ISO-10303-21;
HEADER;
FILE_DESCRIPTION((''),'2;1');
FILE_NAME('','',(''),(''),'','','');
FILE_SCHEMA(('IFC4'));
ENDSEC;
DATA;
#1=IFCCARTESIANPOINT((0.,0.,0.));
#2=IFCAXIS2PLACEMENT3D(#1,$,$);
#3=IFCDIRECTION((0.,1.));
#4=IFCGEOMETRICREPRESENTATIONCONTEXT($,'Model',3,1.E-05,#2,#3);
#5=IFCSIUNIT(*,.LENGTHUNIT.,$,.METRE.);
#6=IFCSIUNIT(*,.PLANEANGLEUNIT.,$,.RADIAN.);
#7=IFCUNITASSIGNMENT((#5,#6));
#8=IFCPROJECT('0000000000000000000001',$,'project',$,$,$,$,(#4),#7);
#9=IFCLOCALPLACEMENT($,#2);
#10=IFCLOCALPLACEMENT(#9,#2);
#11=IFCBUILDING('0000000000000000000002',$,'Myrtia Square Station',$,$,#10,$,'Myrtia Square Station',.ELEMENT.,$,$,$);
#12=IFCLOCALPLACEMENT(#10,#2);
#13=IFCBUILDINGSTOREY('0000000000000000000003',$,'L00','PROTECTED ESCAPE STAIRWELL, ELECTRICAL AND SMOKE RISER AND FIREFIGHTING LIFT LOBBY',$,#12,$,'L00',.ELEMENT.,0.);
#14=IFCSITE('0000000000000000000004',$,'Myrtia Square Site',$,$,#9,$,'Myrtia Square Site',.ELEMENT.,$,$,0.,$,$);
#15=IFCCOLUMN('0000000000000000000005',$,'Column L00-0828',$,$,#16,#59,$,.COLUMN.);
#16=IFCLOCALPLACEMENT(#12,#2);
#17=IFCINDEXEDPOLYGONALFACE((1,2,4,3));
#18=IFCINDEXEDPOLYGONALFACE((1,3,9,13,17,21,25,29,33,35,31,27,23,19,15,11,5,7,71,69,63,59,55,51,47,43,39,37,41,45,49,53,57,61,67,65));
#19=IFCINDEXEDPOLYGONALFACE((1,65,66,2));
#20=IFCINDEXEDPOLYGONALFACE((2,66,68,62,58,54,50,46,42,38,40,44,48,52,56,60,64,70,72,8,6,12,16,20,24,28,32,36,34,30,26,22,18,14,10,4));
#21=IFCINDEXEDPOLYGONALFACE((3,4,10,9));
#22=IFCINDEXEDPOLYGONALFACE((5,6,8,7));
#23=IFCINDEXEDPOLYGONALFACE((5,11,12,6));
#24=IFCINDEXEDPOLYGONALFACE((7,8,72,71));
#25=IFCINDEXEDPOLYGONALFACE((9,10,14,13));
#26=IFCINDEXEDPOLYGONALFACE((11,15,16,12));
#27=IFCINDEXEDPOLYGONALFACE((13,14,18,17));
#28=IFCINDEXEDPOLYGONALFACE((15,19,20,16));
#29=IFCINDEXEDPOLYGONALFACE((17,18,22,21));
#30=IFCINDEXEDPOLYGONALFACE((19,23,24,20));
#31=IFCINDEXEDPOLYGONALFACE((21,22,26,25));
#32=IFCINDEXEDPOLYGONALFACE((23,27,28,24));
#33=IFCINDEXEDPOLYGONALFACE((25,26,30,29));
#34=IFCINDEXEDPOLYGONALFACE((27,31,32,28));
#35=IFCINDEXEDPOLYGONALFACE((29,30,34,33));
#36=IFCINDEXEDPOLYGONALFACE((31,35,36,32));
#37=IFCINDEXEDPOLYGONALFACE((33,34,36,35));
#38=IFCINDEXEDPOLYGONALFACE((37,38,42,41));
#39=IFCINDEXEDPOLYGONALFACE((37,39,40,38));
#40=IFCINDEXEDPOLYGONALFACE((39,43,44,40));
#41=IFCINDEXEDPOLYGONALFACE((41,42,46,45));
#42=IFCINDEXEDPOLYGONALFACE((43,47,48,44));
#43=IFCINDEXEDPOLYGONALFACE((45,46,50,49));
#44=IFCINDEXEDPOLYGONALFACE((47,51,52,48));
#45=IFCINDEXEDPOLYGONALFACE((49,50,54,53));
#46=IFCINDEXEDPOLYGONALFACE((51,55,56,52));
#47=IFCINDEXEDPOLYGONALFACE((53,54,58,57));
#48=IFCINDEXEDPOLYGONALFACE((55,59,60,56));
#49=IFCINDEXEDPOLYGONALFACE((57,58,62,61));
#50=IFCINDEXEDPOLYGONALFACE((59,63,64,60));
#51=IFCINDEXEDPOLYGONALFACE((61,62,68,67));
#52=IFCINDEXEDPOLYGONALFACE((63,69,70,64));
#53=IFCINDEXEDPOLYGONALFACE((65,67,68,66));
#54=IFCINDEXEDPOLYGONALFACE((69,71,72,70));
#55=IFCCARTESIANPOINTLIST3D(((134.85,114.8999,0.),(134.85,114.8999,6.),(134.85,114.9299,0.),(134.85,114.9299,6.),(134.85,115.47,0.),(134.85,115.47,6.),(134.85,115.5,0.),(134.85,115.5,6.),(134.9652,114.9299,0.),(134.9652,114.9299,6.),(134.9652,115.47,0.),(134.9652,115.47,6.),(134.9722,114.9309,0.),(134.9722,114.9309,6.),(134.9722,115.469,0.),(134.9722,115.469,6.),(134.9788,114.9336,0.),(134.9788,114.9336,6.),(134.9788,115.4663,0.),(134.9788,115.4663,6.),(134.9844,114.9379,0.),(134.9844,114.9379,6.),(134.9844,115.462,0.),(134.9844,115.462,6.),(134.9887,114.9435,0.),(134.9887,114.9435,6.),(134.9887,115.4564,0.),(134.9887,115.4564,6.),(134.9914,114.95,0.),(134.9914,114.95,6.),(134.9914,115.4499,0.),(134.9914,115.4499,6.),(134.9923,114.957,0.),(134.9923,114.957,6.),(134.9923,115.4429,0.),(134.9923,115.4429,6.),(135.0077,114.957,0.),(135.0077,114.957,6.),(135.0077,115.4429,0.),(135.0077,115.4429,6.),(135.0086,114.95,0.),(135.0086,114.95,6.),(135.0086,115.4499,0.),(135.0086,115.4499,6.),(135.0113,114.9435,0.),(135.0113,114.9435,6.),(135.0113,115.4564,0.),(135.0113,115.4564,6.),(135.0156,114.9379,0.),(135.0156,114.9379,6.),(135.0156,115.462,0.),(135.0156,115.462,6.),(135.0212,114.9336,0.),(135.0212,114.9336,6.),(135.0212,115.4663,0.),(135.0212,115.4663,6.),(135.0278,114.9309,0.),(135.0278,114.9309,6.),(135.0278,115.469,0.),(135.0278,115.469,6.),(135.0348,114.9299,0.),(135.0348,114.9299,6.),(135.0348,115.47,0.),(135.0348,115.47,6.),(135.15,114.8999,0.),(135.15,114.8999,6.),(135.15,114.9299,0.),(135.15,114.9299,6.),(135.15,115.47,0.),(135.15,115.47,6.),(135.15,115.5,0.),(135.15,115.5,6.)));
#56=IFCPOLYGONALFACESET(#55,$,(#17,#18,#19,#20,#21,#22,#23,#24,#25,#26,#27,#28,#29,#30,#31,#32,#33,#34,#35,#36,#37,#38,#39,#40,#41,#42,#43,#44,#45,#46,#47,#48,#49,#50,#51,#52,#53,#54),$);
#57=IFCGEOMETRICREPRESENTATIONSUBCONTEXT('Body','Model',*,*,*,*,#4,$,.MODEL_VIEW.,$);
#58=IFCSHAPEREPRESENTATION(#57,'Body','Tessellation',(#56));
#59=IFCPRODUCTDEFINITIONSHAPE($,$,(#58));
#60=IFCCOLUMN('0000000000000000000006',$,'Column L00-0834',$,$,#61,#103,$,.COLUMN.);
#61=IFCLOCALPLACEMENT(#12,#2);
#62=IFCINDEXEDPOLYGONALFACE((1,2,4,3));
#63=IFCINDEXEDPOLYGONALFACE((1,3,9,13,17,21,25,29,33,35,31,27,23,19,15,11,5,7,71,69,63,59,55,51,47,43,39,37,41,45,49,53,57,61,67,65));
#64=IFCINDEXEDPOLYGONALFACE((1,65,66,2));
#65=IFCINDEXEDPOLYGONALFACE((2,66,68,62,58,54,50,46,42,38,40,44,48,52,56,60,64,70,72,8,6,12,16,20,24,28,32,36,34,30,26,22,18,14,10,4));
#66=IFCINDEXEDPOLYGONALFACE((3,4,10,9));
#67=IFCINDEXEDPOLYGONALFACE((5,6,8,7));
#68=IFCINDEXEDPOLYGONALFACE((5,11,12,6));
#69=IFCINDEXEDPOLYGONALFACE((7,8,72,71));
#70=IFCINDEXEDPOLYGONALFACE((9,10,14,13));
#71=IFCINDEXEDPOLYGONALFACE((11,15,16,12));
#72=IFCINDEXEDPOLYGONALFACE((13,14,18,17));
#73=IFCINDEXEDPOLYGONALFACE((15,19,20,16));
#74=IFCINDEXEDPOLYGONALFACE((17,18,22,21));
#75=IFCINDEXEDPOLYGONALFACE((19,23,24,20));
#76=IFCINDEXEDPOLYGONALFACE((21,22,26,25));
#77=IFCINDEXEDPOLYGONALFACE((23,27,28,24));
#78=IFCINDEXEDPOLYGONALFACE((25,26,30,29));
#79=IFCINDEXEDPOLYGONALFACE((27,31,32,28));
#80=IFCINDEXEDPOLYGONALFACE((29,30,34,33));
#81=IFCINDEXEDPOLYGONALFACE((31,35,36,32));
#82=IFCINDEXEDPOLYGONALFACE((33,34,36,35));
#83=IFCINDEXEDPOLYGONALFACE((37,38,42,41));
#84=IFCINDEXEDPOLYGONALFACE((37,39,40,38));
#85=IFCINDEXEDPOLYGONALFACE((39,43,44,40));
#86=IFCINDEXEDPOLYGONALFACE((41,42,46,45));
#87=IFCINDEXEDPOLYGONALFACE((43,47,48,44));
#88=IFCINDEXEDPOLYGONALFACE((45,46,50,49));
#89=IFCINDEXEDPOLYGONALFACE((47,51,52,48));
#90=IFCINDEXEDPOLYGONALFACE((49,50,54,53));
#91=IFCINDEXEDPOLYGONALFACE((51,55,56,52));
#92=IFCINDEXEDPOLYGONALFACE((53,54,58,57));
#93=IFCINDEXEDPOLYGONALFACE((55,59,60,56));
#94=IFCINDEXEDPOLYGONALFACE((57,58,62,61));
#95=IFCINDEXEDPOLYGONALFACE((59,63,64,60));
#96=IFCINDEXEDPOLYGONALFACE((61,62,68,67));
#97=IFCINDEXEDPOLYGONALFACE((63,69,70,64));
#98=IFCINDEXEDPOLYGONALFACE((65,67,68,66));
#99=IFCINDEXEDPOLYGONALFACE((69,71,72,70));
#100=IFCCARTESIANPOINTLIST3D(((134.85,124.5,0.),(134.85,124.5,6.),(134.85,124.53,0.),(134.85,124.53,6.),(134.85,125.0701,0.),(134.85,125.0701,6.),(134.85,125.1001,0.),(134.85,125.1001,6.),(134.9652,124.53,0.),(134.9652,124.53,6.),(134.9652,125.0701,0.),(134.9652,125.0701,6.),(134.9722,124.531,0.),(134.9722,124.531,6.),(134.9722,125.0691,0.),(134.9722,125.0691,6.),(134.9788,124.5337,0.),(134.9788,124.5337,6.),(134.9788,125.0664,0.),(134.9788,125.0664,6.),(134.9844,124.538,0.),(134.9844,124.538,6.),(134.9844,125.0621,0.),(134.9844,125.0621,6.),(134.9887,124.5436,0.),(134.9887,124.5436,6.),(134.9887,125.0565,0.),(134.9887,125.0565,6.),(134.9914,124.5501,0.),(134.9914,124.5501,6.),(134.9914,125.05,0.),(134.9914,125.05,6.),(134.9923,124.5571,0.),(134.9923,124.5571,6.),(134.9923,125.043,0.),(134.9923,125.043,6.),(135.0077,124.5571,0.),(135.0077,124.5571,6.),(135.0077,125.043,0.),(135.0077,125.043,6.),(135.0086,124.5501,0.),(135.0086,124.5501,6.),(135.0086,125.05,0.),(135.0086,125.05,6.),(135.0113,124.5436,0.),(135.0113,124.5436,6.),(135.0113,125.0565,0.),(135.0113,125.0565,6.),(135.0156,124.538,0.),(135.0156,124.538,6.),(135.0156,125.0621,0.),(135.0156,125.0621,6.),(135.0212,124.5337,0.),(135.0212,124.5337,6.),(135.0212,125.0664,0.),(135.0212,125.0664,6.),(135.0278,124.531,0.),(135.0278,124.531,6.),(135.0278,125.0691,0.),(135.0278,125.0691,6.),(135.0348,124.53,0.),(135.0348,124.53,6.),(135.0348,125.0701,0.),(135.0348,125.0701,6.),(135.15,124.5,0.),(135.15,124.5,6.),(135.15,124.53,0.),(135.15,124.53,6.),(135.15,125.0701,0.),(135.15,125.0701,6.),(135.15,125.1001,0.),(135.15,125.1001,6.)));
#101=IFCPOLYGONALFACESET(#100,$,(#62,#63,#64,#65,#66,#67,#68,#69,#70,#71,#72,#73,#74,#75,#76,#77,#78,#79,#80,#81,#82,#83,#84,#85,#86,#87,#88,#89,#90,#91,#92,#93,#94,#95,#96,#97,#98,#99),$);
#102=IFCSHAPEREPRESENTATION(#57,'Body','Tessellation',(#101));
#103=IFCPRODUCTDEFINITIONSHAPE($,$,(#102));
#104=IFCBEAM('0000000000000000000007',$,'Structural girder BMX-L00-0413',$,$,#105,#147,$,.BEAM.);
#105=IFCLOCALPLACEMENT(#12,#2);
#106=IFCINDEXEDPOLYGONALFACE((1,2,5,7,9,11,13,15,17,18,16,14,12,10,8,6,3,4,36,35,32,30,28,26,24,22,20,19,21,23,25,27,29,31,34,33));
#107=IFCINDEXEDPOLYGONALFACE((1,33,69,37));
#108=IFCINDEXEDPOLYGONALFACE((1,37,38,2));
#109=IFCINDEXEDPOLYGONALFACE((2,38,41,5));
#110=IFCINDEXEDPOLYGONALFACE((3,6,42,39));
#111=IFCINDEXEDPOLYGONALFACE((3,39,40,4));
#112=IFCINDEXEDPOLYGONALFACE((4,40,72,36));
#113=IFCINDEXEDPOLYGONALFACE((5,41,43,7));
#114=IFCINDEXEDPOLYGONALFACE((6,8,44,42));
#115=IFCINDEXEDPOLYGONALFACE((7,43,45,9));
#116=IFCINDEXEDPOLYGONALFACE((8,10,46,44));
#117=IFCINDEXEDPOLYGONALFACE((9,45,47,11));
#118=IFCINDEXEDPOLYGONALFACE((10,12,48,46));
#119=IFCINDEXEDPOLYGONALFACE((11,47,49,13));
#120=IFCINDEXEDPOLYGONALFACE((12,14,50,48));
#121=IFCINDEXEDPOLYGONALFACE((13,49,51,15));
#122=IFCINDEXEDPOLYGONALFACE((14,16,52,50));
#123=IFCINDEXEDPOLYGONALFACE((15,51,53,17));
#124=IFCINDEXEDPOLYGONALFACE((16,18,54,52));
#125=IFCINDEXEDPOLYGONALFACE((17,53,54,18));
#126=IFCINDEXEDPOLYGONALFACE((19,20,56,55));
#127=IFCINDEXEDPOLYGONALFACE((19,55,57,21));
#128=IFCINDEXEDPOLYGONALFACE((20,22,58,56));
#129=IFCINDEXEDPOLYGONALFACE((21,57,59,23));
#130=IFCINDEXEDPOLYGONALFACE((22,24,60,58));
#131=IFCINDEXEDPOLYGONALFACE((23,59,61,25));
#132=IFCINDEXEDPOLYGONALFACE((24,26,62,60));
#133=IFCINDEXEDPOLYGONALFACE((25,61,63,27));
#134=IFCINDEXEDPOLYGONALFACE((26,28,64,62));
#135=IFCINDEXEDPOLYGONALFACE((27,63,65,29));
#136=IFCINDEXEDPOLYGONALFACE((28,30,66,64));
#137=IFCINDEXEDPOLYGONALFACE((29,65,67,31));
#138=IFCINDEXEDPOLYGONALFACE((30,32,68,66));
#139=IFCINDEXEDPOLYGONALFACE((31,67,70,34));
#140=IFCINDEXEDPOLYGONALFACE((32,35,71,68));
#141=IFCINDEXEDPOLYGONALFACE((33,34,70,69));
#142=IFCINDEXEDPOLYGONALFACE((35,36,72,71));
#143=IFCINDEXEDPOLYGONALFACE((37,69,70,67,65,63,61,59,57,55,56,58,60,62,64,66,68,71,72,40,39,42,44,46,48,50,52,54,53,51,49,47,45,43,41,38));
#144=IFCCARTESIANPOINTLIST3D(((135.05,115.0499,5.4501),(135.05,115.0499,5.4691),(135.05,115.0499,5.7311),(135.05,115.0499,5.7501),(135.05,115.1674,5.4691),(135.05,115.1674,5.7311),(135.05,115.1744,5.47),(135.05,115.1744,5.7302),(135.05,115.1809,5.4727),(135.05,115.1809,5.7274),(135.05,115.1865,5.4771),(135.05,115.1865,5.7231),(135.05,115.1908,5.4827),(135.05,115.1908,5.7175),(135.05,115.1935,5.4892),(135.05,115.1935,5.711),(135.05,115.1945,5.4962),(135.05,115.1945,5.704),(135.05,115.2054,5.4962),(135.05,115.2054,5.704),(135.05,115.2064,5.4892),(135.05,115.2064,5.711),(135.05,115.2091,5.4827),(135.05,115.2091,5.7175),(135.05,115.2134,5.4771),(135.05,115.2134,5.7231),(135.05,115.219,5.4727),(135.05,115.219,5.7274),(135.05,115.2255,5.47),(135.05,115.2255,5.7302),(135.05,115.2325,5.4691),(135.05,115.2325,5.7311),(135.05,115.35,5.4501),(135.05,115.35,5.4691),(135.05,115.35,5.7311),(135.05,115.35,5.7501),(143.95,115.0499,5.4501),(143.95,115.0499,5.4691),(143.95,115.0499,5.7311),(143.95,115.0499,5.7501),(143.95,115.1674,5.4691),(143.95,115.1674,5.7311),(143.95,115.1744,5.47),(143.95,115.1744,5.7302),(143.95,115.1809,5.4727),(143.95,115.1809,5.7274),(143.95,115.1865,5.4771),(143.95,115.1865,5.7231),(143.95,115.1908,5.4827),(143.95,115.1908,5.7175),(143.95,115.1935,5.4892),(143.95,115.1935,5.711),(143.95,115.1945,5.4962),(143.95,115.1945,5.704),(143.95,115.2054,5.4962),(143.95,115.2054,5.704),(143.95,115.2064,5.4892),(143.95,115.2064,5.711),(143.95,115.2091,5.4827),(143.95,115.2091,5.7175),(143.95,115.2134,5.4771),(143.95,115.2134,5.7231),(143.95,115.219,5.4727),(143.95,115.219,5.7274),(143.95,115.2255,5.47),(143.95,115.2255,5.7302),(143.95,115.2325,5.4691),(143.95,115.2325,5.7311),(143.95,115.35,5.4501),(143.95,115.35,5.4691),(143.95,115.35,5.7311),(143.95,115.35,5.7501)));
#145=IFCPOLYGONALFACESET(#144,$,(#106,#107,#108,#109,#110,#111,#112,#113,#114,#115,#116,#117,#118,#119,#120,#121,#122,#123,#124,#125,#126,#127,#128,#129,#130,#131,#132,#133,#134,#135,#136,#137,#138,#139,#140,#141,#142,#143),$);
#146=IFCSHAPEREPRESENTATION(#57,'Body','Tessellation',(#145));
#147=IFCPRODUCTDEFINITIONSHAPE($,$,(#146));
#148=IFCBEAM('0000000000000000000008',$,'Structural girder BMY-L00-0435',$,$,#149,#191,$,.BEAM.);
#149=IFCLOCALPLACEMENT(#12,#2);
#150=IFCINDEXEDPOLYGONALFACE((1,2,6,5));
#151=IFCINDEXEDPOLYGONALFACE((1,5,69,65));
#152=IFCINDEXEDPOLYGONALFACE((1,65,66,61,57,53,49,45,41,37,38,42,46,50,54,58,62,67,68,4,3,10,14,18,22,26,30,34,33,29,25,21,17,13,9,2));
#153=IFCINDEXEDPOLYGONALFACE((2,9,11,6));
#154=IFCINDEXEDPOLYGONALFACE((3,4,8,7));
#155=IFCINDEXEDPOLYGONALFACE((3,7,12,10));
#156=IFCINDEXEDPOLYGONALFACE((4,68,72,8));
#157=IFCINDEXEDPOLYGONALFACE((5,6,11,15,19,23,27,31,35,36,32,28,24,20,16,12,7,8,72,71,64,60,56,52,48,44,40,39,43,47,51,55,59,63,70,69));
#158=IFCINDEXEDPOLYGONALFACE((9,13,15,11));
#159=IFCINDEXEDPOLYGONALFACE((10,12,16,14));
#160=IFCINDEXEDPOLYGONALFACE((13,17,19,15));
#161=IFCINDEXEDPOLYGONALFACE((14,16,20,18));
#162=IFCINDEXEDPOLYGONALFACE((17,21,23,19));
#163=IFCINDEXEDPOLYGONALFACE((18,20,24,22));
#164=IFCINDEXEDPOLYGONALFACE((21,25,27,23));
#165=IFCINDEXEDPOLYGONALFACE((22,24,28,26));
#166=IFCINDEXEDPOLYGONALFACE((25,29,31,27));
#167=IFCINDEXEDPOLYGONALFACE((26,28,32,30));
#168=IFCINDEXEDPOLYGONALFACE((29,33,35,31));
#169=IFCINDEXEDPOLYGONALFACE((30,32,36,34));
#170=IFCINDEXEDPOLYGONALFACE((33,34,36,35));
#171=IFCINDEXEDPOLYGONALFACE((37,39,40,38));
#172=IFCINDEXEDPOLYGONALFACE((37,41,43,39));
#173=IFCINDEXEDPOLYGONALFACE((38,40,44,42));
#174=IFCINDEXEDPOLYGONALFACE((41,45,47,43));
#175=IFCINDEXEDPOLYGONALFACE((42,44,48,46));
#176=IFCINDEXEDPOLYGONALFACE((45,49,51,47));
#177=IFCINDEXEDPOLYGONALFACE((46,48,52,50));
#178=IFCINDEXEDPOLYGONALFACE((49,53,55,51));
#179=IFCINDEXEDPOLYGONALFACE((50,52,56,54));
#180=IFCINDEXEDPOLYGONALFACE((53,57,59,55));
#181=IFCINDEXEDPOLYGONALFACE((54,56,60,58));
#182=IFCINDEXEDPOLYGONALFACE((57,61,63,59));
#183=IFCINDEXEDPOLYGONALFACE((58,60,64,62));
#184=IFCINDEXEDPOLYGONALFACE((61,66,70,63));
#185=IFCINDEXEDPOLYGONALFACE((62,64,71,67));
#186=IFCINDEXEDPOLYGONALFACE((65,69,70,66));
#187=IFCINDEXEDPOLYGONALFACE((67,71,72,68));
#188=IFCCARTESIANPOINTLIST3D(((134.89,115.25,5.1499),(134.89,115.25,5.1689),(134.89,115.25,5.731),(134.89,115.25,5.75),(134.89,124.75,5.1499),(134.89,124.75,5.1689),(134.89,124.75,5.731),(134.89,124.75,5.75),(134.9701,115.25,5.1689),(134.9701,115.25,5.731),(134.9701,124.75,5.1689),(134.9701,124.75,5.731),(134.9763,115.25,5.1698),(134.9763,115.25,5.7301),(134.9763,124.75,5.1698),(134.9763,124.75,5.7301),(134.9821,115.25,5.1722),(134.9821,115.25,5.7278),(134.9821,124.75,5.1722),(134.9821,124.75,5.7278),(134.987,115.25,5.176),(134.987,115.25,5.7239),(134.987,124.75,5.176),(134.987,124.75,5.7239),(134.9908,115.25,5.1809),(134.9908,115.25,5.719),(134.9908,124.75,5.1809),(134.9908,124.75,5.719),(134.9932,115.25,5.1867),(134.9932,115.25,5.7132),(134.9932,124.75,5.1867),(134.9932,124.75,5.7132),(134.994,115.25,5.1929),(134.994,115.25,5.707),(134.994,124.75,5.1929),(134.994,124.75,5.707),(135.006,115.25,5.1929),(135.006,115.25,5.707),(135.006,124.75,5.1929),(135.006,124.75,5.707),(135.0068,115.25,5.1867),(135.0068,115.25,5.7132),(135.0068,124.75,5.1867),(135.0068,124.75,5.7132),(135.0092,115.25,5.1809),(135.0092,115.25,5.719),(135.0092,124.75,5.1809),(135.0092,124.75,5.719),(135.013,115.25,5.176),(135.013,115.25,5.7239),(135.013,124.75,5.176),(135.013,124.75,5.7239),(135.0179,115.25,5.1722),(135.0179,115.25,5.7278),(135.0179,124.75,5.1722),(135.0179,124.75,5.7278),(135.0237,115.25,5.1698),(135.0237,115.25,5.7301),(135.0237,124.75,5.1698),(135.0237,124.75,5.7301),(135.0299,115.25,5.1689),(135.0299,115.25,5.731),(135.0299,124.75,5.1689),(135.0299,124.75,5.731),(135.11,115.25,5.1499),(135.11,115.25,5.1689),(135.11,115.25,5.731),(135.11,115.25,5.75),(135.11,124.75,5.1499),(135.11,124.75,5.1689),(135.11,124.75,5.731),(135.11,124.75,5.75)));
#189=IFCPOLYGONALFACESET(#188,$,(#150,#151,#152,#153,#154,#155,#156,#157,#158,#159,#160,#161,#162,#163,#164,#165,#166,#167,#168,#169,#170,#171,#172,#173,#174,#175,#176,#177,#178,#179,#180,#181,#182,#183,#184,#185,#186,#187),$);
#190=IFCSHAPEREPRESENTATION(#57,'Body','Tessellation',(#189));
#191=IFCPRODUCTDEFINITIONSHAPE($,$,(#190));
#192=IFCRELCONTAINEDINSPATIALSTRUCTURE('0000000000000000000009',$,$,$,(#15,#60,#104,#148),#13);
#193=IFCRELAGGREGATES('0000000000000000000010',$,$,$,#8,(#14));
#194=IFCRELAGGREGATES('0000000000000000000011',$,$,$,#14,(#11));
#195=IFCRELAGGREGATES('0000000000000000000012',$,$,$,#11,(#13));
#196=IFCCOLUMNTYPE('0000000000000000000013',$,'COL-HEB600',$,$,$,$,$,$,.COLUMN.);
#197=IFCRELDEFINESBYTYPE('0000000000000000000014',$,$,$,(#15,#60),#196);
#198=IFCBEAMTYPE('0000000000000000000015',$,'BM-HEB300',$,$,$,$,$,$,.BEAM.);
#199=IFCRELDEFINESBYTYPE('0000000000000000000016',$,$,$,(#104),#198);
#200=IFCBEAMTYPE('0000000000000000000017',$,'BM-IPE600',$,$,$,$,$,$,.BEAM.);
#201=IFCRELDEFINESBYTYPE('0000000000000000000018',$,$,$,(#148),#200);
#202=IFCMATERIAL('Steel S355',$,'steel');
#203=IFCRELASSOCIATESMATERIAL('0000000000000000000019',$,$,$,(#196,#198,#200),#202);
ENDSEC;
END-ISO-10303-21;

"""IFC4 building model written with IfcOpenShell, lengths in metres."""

from ifc_helpers import new_model, si_unit, direction, frame, origin, origin_2d, place, context, subcontext, project, spatial, i_section, extrude, material, material_profile, profile_set, type_object, element, save


model = new_model("IFC4")

# Units and contexts
model_context = context("Model", 3, precision=1e-05, world=origin(), true_north=direction((0.0, 1.0)))
body_context = subcontext(model_context, "Body", "Model", "MODEL_VIEW")
ifc_project = project(units=[si_unit("LENGTHUNIT", "METRE"), si_unit("PLANEANGLEUNIT", "RADIAN")], contexts=[model_context])

# Site, building, storey
site_placement = place(None, origin())
site = spatial("IfcSite", under=ifc_project, at=site_placement, Name="Myrtia Square Site", LongName="Myrtia Square Site", CompositionType="ELEMENT", RefElevation=0.0)
building_placement = place(site_placement, origin())
building = spatial("IfcBuilding", under=site, at=building_placement, Name="Myrtia Square Station", LongName="Myrtia Square Station", CompositionType="ELEMENT")
storey_placement = place(building_placement, origin())
storey = spatial("IfcBuildingStorey", under=building, at=storey_placement, Name="L00", Description="PROTECTED ESCAPE STAIRWELL, ELECTRICAL AND SMOKE RISER AND FIREFIGHTING LIFT LOBBY", LongName="L00", CompositionType="ELEMENT", Elevation=0.0)

# Columns
ifc_material_1 = material(Name="Steel S355", Category="steel")
ifc_material_profile_1 = material_profile(ifc_material_1, i_section(OverallWidth=0.3, OverallDepth=0.6001, WebThickness=0.0154, FlangeThickness=0.03, FilletRadius=0.0271, at=origin_2d()), Name="HEB 600")
ifc_profile_set_1 = profile_set([ifc_material_profile_1], Name="Steel S355")
column_type = type_object("IfcColumnType", Name="COL-HEB600", PredefinedType="COLUMN", material=ifc_profile_set_1)
for number, where, z_axis, x_axis, name in (
    (1, (135.0, 115.2, 0.0), (0.0, 0.0, 1.0), (1.0, 0.0, 0.0), "Column L00-0828"),
    (2, (135.0, 124.8, 0.0), (0.0, 0.0, 1.0), (1.0, 0.0, 0.0), "Column L00-0834"),
):
    element("IfcColumn", number, at=place(storey_placement, frame(where, z_axis=z_axis, x_axis=x_axis)), inside=storey, type_object=column_type, Name=name, PredefinedType="COLUMN", context=body_context, shape_type="SweptSolid", body=[
        extrude(i_section(OverallWidth=0.3, OverallDepth=0.6001, WebThickness=0.0154, FlangeThickness=0.03, FilletRadius=0.0271, at=origin_2d()), origin(), (0.0, 0.0, 1.0), 6.0),
    ])

# Beams
ifc_material_profile_2 = material_profile(ifc_material_1, i_section(OverallWidth=0.3, OverallDepth=0.3, WebThickness=0.011, FlangeThickness=0.019, FilletRadius=0.0271, at=origin_2d()), Name="HEB 300")
ifc_profile_set_2 = profile_set([ifc_material_profile_2], Name="Steel S355")
beam_type_1 = type_object("IfcBeamType", Name="BM-HEB300", PredefinedType="BEAM", material=ifc_profile_set_2)
beam_1_placement = place(storey_placement, frame((135.05, 115.2, 5.6001), z_axis=(1.0, 0.0, 0.0), x_axis=(0.0, 1.0, 0.0)))
element("IfcBeam", 3, at=beam_1_placement, inside=storey, type_object=beam_type_1, Name="Structural girder BMX-L00-0413", PredefinedType="BEAM", context=body_context, shape_type="SweptSolid", body=[
    extrude(i_section(OverallWidth=0.3, OverallDepth=0.3, WebThickness=0.011, FlangeThickness=0.019, FilletRadius=0.0271, at=origin_2d()), origin(), (0.0, 0.0, 1.0), 8.8999),
])
ifc_material_profile_3 = material_profile(ifc_material_1, i_section(OverallWidth=0.22, OverallDepth=0.6001, WebThickness=0.012, FlangeThickness=0.019, FilletRadius=0.0239, at=origin_2d()), Name="IPE 600")
ifc_profile_set_3 = profile_set([ifc_material_profile_3], Name="Steel S355")
beam_type_2 = type_object("IfcBeamType", Name="BM-IPE600", PredefinedType="BEAM", material=ifc_profile_set_3)
beam_2_placement = place(storey_placement, frame((135.0, 115.25, 5.45), z_axis=(0.0, 1.0, 0.0), x_axis=(-1.0, 0.0, 0.0)))
element("IfcBeam", 4, at=beam_2_placement, inside=storey, type_object=beam_type_2, Name="Structural girder BMY-L00-0435", PredefinedType="BEAM", context=body_context, shape_type="SweptSolid", body=[
    extrude(i_section(OverallWidth=0.22, OverallDepth=0.6001, WebThickness=0.012, FlangeThickness=0.019, FilletRadius=0.0239, at=origin_2d()), origin(), (0.0, 0.0, 1.0), 9.5),
])

save(model, "model.ifc")
